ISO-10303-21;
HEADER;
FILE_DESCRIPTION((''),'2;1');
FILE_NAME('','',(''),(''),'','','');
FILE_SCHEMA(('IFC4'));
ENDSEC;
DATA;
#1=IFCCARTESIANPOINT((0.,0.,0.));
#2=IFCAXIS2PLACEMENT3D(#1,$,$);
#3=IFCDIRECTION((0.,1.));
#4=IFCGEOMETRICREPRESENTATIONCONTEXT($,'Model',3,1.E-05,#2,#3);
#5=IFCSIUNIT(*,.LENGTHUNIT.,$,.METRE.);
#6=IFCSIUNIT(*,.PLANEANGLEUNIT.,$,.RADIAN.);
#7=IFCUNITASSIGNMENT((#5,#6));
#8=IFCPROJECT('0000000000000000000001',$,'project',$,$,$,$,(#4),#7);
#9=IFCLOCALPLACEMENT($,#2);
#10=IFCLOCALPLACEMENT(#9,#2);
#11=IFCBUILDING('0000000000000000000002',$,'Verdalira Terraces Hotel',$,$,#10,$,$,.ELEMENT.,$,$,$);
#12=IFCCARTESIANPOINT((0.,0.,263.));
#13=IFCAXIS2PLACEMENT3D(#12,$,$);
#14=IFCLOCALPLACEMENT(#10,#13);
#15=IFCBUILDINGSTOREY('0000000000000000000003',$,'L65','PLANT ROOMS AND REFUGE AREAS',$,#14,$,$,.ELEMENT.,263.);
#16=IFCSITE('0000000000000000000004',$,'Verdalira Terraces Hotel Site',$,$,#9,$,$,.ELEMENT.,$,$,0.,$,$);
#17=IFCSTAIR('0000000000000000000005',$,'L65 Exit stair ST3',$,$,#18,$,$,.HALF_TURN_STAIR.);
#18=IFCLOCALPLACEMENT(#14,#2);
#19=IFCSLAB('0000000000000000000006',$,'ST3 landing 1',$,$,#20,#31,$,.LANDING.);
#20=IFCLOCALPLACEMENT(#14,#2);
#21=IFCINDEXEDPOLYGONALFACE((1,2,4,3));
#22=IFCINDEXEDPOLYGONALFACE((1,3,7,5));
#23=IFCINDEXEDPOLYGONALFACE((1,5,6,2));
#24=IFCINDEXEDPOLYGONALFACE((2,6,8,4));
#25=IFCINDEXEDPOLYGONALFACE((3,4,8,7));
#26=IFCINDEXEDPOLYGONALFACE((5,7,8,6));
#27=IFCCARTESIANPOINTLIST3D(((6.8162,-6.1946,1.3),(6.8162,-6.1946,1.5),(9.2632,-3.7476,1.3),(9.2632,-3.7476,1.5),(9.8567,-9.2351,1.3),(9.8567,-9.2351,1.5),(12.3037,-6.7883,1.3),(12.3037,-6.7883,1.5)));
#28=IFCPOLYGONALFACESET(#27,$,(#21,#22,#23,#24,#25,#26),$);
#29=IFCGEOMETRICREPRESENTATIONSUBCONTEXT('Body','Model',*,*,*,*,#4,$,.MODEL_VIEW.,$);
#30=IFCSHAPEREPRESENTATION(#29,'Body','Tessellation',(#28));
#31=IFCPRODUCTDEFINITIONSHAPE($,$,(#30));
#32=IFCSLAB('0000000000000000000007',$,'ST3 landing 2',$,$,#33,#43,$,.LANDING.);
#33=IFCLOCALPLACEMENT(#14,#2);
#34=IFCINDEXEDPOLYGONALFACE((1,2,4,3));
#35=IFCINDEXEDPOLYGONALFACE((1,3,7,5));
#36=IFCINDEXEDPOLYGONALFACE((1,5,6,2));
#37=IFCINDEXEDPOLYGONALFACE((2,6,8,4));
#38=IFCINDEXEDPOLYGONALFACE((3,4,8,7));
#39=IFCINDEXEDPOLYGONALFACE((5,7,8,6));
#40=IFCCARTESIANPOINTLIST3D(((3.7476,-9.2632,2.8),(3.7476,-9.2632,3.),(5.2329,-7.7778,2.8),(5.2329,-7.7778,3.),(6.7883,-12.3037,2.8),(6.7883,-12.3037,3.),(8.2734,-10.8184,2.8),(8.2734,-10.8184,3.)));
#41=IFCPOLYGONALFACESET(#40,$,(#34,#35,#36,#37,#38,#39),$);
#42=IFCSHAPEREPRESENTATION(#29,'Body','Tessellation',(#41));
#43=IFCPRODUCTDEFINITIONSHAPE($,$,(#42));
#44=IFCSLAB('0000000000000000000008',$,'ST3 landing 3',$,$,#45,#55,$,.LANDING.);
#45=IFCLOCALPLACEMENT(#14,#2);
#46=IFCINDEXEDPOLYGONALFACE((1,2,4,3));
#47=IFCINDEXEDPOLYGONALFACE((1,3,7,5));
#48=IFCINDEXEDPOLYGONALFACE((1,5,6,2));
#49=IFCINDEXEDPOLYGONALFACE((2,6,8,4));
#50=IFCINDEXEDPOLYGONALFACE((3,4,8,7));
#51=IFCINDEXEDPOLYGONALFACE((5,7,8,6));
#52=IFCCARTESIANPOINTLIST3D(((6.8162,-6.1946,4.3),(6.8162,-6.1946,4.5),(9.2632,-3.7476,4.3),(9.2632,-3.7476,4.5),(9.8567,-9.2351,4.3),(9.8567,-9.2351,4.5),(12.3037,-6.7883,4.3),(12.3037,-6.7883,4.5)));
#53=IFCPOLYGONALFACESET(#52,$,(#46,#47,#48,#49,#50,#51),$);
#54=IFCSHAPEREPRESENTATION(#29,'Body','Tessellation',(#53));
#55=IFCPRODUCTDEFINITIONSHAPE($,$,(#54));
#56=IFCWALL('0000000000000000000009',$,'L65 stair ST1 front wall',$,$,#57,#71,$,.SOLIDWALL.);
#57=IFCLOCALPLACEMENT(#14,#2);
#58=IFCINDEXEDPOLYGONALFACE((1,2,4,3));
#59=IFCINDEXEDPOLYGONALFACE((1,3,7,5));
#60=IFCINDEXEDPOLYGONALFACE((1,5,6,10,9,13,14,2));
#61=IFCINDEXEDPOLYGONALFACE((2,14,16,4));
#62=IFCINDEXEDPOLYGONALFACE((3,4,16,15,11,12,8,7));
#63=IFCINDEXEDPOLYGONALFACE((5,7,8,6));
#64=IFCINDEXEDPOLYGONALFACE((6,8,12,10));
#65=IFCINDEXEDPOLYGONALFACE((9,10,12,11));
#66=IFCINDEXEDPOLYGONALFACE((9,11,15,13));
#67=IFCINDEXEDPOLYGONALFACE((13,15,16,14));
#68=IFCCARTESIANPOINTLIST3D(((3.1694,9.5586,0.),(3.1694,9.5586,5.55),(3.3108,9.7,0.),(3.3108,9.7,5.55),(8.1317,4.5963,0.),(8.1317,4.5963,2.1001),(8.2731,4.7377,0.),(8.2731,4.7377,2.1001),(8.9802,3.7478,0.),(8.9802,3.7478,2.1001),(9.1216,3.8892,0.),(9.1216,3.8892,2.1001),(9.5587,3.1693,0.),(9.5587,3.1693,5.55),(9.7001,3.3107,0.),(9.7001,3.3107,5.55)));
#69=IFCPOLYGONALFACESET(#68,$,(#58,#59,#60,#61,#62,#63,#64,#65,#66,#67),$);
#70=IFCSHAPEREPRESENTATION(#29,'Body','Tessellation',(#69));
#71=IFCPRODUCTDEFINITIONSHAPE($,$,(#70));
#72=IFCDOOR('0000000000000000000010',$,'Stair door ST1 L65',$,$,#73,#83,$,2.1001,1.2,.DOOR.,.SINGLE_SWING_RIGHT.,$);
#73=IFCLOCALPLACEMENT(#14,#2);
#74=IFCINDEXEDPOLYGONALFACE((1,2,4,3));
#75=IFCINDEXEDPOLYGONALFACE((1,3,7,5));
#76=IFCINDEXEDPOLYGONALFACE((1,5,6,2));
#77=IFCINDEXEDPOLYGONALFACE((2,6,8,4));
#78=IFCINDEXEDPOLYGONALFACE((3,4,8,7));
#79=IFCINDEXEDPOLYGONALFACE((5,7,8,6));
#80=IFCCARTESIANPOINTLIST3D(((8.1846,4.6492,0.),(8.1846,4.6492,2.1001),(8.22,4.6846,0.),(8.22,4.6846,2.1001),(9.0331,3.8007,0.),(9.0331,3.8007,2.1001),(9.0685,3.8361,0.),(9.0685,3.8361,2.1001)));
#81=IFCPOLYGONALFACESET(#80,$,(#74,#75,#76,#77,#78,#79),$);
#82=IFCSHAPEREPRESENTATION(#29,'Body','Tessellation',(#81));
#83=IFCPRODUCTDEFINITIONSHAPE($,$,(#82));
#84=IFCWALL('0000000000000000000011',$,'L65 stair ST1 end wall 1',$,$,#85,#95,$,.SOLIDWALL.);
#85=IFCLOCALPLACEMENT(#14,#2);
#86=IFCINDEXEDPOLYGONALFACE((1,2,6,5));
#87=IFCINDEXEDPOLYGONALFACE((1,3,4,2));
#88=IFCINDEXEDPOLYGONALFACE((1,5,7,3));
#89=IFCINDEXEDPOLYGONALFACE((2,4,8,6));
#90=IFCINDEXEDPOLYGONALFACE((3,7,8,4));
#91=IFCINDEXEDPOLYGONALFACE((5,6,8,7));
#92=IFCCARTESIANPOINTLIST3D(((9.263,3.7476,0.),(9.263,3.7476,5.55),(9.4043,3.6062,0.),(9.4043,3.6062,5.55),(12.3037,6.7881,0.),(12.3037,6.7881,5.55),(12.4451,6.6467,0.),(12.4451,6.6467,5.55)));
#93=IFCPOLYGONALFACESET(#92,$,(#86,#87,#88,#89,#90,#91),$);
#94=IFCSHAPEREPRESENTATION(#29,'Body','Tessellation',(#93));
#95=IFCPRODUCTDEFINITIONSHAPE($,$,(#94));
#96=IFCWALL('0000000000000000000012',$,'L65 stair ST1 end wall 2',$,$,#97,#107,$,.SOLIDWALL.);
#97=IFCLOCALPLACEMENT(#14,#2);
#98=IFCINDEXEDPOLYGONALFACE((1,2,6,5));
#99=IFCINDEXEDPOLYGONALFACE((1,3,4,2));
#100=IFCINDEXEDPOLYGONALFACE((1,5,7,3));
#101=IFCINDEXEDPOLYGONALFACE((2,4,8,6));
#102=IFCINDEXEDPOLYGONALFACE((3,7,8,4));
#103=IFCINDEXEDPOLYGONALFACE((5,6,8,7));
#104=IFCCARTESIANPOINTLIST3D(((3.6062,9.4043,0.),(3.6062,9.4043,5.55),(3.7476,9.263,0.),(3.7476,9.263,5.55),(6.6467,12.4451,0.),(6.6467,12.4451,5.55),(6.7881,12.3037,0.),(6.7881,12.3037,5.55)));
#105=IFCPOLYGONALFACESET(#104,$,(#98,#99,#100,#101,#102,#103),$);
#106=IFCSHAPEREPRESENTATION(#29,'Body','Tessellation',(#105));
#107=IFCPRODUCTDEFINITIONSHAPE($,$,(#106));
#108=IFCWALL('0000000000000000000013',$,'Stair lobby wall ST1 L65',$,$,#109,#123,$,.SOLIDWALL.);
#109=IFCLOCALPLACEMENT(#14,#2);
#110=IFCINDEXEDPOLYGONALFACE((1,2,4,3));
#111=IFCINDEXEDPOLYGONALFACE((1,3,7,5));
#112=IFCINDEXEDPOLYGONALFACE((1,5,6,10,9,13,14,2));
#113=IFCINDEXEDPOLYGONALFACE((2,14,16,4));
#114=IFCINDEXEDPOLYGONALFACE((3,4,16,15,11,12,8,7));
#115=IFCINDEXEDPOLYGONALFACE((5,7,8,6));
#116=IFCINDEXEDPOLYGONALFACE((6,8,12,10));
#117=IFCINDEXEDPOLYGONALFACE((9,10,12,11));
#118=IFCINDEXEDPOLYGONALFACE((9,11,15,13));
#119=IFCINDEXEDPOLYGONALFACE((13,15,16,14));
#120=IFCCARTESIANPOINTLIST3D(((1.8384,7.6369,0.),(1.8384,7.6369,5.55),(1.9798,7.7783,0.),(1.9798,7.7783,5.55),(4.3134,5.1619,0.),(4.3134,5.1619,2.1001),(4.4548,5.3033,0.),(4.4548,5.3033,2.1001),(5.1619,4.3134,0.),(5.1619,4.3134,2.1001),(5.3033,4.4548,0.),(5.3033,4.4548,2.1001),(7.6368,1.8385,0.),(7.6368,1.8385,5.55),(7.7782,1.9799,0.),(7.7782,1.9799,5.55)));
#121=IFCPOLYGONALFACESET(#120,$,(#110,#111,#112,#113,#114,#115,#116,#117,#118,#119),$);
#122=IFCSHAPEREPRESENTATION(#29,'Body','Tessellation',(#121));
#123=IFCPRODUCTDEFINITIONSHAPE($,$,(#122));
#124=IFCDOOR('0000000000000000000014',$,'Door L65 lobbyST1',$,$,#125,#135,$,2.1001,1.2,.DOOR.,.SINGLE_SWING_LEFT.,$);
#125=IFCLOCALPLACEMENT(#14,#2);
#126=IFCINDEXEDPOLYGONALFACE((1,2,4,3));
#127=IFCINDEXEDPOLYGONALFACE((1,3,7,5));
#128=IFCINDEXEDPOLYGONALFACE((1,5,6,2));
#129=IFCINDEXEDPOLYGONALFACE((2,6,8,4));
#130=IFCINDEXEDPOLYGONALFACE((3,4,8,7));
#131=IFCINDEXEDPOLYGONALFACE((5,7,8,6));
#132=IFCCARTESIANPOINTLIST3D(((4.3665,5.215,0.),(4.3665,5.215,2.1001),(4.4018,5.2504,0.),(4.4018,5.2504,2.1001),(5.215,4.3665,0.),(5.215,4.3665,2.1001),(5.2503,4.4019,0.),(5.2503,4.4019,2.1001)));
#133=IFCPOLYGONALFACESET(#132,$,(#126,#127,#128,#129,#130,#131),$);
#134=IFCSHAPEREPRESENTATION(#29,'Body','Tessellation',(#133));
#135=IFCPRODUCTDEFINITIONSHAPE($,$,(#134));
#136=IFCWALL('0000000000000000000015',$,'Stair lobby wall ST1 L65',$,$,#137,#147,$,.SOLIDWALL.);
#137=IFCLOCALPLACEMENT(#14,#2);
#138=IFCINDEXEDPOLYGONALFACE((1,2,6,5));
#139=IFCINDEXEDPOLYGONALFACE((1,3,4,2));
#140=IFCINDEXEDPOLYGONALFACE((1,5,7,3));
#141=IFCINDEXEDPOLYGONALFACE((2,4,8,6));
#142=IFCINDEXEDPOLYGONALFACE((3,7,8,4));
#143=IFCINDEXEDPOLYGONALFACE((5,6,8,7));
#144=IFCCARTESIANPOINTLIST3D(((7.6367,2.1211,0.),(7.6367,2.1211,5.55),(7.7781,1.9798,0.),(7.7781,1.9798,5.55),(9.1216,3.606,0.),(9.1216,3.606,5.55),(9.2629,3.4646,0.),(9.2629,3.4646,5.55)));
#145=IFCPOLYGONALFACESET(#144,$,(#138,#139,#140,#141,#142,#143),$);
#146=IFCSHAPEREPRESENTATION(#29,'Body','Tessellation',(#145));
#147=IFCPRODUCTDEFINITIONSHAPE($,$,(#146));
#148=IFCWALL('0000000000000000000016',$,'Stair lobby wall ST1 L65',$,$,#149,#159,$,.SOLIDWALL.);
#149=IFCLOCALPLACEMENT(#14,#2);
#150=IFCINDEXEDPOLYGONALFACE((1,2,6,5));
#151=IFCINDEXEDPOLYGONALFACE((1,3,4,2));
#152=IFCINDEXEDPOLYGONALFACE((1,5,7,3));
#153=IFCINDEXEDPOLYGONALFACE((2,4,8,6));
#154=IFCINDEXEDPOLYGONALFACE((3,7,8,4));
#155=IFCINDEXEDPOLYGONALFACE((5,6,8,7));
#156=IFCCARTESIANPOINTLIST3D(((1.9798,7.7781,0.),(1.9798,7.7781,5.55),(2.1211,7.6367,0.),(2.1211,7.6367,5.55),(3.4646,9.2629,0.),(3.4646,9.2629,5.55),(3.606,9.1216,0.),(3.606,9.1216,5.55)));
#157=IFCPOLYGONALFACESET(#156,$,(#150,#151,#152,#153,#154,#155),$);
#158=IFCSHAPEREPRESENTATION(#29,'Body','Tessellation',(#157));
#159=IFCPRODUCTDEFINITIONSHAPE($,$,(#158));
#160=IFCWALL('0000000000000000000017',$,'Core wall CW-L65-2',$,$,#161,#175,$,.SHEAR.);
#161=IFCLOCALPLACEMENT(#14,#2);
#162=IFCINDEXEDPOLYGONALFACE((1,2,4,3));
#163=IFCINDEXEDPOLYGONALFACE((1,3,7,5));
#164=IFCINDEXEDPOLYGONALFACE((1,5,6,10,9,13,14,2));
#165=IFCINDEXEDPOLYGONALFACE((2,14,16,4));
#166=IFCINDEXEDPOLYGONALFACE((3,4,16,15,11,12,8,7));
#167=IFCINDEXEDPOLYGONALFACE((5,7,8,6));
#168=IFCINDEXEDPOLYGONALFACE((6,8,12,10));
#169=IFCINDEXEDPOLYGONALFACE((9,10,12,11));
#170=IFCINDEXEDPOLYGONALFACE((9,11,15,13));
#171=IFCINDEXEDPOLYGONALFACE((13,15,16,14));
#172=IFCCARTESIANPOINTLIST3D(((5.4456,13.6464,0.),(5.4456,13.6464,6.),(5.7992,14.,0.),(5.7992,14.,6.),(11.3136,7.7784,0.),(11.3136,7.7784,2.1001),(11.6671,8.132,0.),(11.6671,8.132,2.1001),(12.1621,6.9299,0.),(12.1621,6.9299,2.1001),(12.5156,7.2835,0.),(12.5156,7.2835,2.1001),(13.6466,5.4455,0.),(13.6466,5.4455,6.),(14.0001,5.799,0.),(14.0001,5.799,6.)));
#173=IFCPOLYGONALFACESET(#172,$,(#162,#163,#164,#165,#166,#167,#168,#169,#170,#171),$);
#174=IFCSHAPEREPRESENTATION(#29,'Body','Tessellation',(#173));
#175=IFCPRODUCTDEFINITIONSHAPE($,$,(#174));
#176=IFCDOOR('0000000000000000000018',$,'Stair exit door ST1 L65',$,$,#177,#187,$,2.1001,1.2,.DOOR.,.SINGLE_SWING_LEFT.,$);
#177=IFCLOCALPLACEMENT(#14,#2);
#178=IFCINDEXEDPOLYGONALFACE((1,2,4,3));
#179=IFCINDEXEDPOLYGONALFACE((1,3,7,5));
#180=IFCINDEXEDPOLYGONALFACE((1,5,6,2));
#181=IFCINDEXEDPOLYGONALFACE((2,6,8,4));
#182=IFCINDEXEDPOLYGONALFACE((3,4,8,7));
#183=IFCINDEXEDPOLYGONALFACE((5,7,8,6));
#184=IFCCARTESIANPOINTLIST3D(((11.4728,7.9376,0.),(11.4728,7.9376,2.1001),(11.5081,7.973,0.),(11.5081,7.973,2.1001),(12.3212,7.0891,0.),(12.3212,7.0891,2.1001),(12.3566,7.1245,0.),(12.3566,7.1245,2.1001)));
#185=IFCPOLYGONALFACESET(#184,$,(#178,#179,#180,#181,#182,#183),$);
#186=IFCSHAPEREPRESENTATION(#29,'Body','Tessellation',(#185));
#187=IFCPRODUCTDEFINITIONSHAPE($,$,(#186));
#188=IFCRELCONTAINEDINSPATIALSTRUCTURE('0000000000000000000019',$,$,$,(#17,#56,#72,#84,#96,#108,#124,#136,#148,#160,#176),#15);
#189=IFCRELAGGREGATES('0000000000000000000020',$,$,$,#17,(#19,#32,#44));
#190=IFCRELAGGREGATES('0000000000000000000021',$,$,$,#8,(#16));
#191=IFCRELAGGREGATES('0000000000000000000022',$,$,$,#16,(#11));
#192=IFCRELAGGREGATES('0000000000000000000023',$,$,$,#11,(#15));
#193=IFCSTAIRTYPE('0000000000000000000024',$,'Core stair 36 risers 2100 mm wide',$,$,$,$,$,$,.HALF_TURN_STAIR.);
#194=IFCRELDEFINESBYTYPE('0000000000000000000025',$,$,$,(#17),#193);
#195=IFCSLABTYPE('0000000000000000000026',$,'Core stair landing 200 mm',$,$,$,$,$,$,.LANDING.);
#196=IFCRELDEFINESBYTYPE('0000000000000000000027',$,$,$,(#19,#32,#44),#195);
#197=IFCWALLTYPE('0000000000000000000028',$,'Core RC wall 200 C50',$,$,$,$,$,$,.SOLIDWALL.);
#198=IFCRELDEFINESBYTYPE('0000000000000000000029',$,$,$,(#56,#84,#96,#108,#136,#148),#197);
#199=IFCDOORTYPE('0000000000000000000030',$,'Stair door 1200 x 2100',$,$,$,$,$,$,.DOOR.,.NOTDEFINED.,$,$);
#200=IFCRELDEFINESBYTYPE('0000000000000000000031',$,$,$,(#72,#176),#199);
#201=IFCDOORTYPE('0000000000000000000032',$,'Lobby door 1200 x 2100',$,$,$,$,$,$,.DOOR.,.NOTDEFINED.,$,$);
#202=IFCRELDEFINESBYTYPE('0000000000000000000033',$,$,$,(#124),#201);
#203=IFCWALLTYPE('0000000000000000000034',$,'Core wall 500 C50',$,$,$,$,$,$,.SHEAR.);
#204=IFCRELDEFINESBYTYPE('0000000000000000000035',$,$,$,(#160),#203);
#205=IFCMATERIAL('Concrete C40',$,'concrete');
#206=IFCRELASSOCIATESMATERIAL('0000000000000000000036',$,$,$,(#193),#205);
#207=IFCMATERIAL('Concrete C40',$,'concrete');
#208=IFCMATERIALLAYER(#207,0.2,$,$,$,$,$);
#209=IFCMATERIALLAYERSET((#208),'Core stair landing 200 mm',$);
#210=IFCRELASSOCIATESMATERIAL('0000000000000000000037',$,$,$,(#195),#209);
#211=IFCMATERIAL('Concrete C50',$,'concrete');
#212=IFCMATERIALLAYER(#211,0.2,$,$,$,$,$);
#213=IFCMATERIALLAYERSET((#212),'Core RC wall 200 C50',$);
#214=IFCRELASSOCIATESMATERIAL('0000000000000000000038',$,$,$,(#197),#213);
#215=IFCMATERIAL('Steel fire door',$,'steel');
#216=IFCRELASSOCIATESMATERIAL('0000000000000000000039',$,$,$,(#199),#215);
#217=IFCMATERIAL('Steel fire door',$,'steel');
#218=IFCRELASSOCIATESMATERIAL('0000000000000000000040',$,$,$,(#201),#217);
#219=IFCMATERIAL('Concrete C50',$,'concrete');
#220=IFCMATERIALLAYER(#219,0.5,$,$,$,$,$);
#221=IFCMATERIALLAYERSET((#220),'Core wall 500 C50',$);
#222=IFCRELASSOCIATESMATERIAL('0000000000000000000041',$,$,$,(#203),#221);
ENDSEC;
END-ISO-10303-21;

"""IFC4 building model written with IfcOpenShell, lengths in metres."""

from ifc_helpers import new_model, si_unit, direction, frame, frame_2d, origin, place, context, subcontext, project, spatial, polyline, rectangle, outline, extrude, material, layer, layer_set, type_object, element, fill, aggregate, save


model = new_model("IFC4")

# Units and contexts
model_context = context("Model", 3, precision=1e-05, world=origin(), true_north=direction((0.0, 1.0)))
body_context = subcontext(model_context, "Body", "Model", "MODEL_VIEW")
ifc_project = project(units=[si_unit("LENGTHUNIT", "METRE"), si_unit("PLANEANGLEUNIT", "RADIAN")], contexts=[model_context])

# Site, building, storey
site_placement = place(None, origin())
site = spatial("IfcSite", under=ifc_project, at=site_placement, Name="Verdalira Terraces Hotel Site", CompositionType="ELEMENT", RefElevation=0.0)
building_placement = place(site_placement, origin())
building = spatial("IfcBuilding", under=site, at=building_placement, Name="Verdalira Terraces Hotel", CompositionType="ELEMENT")
storey_placement = place(building_placement, frame((0.0, 0.0, 263.0)))
storey = spatial("IfcBuildingStorey", under=building, at=storey_placement, Name="L65", Description="PLANT ROOMS AND REFUGE AREAS", CompositionType="ELEMENT", Elevation=263.0)

# Stair, slabs
ifc_material_1 = material(Name="Concrete C40", Category="concrete")
stair_type = type_object("IfcStairType", Name="Core stair 36 risers 2100 mm wide", PredefinedType="HALF_TURN_STAIR", material=ifc_material_1)
stair_placement = place(storey_placement, origin())
stair = element("IfcStair", 1, at=stair_placement, inside=storey, type_object=stair_type, Name="L65 Exit stair ST3", PredefinedType="HALF_TURN_STAIR")
ifc_material_2 = material(Name="Concrete C40", Category="concrete")
ifc_layer_1 = layer(ifc_material_2, 0.2)
ifc_layer_set_1 = layer_set([ifc_layer_1], Name="Core stair landing 200 mm")
slab_type = type_object("IfcSlabType", Name="Core stair landing 200 mm", PredefinedType="LANDING", material=ifc_layer_set_1)
slab_1_placement = place(storey_placement, frame((0.0, 0.0, 1.3)))
slab_1 = element("IfcSlab", 2, at=slab_1_placement, type_object=slab_type, Name="ST3 landing 1", PredefinedType="LANDING", context=body_context, shape_type="SweptSolid", body=[
    extrude(outline(polyline([(9.8567, -9.2351), (12.3037, -6.7883), (9.2632, -3.7476), (6.8162, -6.1946), (9.8567, -9.2351)])), origin(), (0.0, 0.0, 1.0), 0.2),
])
slab_2_placement = place(storey_placement, frame((0.0, 0.0, 2.8)))
slab_2 = element("IfcSlab", 3, at=slab_2_placement, type_object=slab_type, Name="ST3 landing 2", PredefinedType="LANDING", context=body_context, shape_type="SweptSolid", body=[
    extrude(outline(polyline([(6.7883, -12.3037), (8.2734, -10.8184), (5.2329, -7.7778), (3.7476, -9.2632), (6.7883, -12.3037)])), origin(), (0.0, 0.0, 1.0), 0.2),
])
slab_3_placement = place(storey_placement, frame((0.0, 0.0, 4.3)))
slab_3 = element("IfcSlab", 4, at=slab_3_placement, type_object=slab_type, Name="ST3 landing 3", PredefinedType="LANDING", context=body_context, shape_type="SweptSolid", body=[
    extrude(outline(polyline([(9.8567, -9.2351), (12.3037, -6.7883), (9.2632, -3.7476), (6.8162, -6.1946), (9.8567, -9.2351)])), origin(), (0.0, 0.0, 1.0), 0.2),
])
aggregate(stair, [slab_1, slab_2, slab_3])

# Wall, opening, door
ifc_material_3 = material(Name="Concrete C50", Category="concrete")
ifc_layer_2 = layer(ifc_material_3, 0.2)
ifc_layer_set_2 = layer_set([ifc_layer_2], Name="Core RC wall 200 C50")
wall_type_1 = type_object("IfcWallType", Name="Core RC wall 200 C50", PredefinedType="SOLIDWALL", material=ifc_layer_set_2)
wall_1_placement = place(storey_placement, frame((3.24, 9.6294, 0.0), z_axis=(0.0, 0.0, 1.0), x_axis=(0.707107, -0.707107, 0.0)))
wall_1 = element("IfcWall", 5, at=wall_1_placement, inside=storey, type_object=wall_type_1, Name="L65 stair ST1 front wall", PredefinedType="SOLIDWALL", context=body_context, shape_type="SweptSolid", body=[
    extrude(rectangle(XDim=9.0359, YDim=0.2, at=frame_2d((4.5181, 0.0))), origin(), (0.0, 0.0, 1.0), 5.55),
])
opening_1_placement = place(wall_1_placement, frame((7.0178, 0.0, 0.0)))
opening_1 = element("IfcOpeningElement", 6, at=opening_1_placement, cuts=wall_1, PredefinedType="OPENING", context=body_context, shape_type="SweptSolid", body=[
    extrude(rectangle(XDim=1.2, YDim=2.1001, at=frame_2d((0.6001, 1.05))), frame((0.0, 0.1099, 0.0), z_axis=(0.0, -1.0, 0.0), x_axis=(1.0, 0.0, 0.0)), (0.0, 0.0, 1.0), 0.22),
])
ifc_material_4 = material(Name="Steel fire door", Category="steel")
door_type_1 = type_object("IfcDoorType", Name="Stair door 1200 x 2100", OperationType="NOTDEFINED", PredefinedType="DOOR", material=ifc_material_4)
door_1_placement = place(opening_1_placement, origin())
door_1 = element("IfcDoor", 7, at=door_1_placement, inside=storey, type_object=door_type_1, Name="Stair door ST1 L65", OperationType="SINGLE_SWING_RIGHT", OverallHeight=2.1001, OverallWidth=1.2, PredefinedType="DOOR", context=body_context, shape_type="SweptSolid", body=[
    extrude(rectangle(XDim=1.2, YDim=2.1001, at=frame_2d((0.6001, 1.05))), frame((0.0, 0.0249, 0.0), z_axis=(0.0, -1.0, 0.0), x_axis=(1.0, 0.0, 0.0)), (0.0, 0.0, 1.0), 0.05),
])
fill(opening_1, door_1)

# Walls
for number, where, z_axis, x_axis, name in (
    (8, (9.3337, 3.677, 0.0), (0.0, 0.0, 1.0), (0.707135, 0.707078, 0.0), "L65 stair ST1 end wall 1"),
    (9, (3.677, 9.3337, 0.0), (0.0, 0.0, 1.0), (0.707078, 0.707135, 0.0), "L65 stair ST1 end wall 2"),
):
    element("IfcWall", number, at=place(storey_placement, frame(where, z_axis=z_axis, x_axis=x_axis)), inside=storey, type_object=wall_type_1, Name=name, PredefinedType="SOLIDWALL", context=body_context, shape_type="SweptSolid", body=[
        extrude(rectangle(XDim=4.3, YDim=0.2, at=frame_2d((2.1499, 0.0))), origin(), (0.0, 0.0, 1.0), 5.55),
    ])

# Wall, opening, door
wall_2_placement = place(storey_placement, frame((7.7075, 1.9092, 0.0), z_axis=(0.0, 0.0, 1.0), x_axis=(-0.707107, 0.707107, 0.0)))
wall_2 = element("IfcWall", 10, at=wall_2_placement, inside=storey, type_object=wall_type_1, Name="Stair lobby wall ST1 L65", PredefinedType="SOLIDWALL", context=body_context, shape_type="SweptSolid", body=[
    extrude(rectangle(XDim=8.2002, YDim=0.2, at=frame_2d((4.1001, 0.0))), origin(), (0.0, 0.0, 1.0), 5.55),
])
opening_2_placement = place(wall_2_placement, frame((3.5, 0.0, 0.0)))
opening_2 = element("IfcOpeningElement", 11, at=opening_2_placement, cuts=wall_2, PredefinedType="OPENING", context=body_context, shape_type="SweptSolid", body=[
    extrude(rectangle(XDim=1.2, YDim=2.1001, at=frame_2d((0.6001, 1.05))), frame((0.0, 0.1099, 0.0), z_axis=(0.0, -1.0, 0.0), x_axis=(1.0, 0.0, 0.0)), (0.0, 0.0, 1.0), 0.22),
])
ifc_material_5 = material(Name="Steel fire door", Category="steel")
door_type_2 = type_object("IfcDoorType", Name="Lobby door 1200 x 2100", OperationType="NOTDEFINED", PredefinedType="DOOR", material=ifc_material_5)
door_2_placement = place(opening_2_placement, origin())
door_2 = element("IfcDoor", 12, at=door_2_placement, inside=storey, type_object=door_type_2, Name="Door L65 lobbyST1", OperationType="SINGLE_SWING_LEFT", OverallHeight=2.1001, OverallWidth=1.2, PredefinedType="DOOR", context=body_context, shape_type="SweptSolid", body=[
    extrude(rectangle(XDim=1.2, YDim=2.1001, at=frame_2d((0.6001, 1.05))), frame((0.0, 0.0249, 0.0), z_axis=(0.0, -1.0, 0.0), x_axis=(1.0, 0.0, 0.0)), (0.0, 0.0, 1.0), 0.05),
])
fill(opening_2, door_2)

# Walls
for number, where, z_axis, x_axis, name in (
    (13, (7.7075, 2.0505, 0.0), (0.0, 0.0, 1.0), (0.707107, 0.707107, 0.0), "Stair lobby wall ST1 L65"),
    (14, (2.0505, 7.7075, 0.0), (0.0, 0.0, 1.0), (0.707107, 0.707107, 0.0), "Stair lobby wall ST1 L65"),
):
    element("IfcWall", number, at=place(storey_placement, frame(where, z_axis=z_axis, x_axis=x_axis)), inside=storey, type_object=wall_type_1, Name=name, PredefinedType="SOLIDWALL", context=body_context, shape_type="SweptSolid", body=[
        extrude(rectangle(XDim=2.0999, YDim=0.2, at=frame_2d((1.0498, 0.0))), origin(), (0.0, 0.0, 1.0), 5.55),
    ])

# Wall, opening, door
ifc_material_6 = material(Name="Concrete C50", Category="concrete")
ifc_layer_3 = layer(ifc_material_6, 0.5)
ifc_layer_set_3 = layer_set([ifc_layer_3], Name="Core wall 500 C50")
wall_type_2 = type_object("IfcWallType", Name="Core wall 500 C50", PredefinedType="SHEAR", material=ifc_layer_set_3)
wall_3_placement = place(storey_placement, frame((13.8232, 5.6223, 0.0), z_axis=(0.0, 0.0, 1.0), x_axis=(-0.707107, 0.707107, 0.0)))
wall_3 = element("IfcWall", 15, at=wall_3_placement, inside=storey, type_object=wall_type_2, Name="Core wall CW-L65-2", PredefinedType="SHEAR", context=body_context, shape_type="SweptSolid", body=[
    extrude(rectangle(XDim=11.5979, YDim=0.5, at=frame_2d((5.7988, 0.0))), origin(), (0.0, 0.0, 1.0), 6.0),
])
opening_3_placement = place(wall_3_placement, frame((2.0991, 0.0, 0.0)))
opening_3 = element("IfcOpeningElement", 16, at=opening_3_placement, cuts=wall_3, PredefinedType="OPENING", context=body_context, shape_type="SweptSolid", body=[
    extrude(rectangle(XDim=1.2, YDim=2.1001, at=frame_2d((0.6001, 1.05))), frame((0.0, 0.26, 0.0), z_axis=(0.0, -1.0, 0.0), x_axis=(1.0, 0.0, 0.0)), (0.0, 0.0, 1.0), 0.52),
])
door_3_placement = place(opening_3_placement, origin())
door_3 = element("IfcDoor", 17, at=door_3_placement, inside=storey, type_object=door_type_1, Name="Stair exit door ST1 L65", OperationType="SINGLE_SWING_LEFT", OverallHeight=2.1001, OverallWidth=1.2, PredefinedType="DOOR", context=body_context, shape_type="SweptSolid", body=[
    extrude(rectangle(XDim=1.2, YDim=2.1001, at=frame_2d((0.6001, 1.05))), frame((0.0, 0.0249, 0.0), z_axis=(0.0, -1.0, 0.0), x_axis=(1.0, 0.0, 0.0)), (0.0, 0.0, 1.0), 0.05),
])
fill(opening_3, door_3)

save(model, "model.ifc")
